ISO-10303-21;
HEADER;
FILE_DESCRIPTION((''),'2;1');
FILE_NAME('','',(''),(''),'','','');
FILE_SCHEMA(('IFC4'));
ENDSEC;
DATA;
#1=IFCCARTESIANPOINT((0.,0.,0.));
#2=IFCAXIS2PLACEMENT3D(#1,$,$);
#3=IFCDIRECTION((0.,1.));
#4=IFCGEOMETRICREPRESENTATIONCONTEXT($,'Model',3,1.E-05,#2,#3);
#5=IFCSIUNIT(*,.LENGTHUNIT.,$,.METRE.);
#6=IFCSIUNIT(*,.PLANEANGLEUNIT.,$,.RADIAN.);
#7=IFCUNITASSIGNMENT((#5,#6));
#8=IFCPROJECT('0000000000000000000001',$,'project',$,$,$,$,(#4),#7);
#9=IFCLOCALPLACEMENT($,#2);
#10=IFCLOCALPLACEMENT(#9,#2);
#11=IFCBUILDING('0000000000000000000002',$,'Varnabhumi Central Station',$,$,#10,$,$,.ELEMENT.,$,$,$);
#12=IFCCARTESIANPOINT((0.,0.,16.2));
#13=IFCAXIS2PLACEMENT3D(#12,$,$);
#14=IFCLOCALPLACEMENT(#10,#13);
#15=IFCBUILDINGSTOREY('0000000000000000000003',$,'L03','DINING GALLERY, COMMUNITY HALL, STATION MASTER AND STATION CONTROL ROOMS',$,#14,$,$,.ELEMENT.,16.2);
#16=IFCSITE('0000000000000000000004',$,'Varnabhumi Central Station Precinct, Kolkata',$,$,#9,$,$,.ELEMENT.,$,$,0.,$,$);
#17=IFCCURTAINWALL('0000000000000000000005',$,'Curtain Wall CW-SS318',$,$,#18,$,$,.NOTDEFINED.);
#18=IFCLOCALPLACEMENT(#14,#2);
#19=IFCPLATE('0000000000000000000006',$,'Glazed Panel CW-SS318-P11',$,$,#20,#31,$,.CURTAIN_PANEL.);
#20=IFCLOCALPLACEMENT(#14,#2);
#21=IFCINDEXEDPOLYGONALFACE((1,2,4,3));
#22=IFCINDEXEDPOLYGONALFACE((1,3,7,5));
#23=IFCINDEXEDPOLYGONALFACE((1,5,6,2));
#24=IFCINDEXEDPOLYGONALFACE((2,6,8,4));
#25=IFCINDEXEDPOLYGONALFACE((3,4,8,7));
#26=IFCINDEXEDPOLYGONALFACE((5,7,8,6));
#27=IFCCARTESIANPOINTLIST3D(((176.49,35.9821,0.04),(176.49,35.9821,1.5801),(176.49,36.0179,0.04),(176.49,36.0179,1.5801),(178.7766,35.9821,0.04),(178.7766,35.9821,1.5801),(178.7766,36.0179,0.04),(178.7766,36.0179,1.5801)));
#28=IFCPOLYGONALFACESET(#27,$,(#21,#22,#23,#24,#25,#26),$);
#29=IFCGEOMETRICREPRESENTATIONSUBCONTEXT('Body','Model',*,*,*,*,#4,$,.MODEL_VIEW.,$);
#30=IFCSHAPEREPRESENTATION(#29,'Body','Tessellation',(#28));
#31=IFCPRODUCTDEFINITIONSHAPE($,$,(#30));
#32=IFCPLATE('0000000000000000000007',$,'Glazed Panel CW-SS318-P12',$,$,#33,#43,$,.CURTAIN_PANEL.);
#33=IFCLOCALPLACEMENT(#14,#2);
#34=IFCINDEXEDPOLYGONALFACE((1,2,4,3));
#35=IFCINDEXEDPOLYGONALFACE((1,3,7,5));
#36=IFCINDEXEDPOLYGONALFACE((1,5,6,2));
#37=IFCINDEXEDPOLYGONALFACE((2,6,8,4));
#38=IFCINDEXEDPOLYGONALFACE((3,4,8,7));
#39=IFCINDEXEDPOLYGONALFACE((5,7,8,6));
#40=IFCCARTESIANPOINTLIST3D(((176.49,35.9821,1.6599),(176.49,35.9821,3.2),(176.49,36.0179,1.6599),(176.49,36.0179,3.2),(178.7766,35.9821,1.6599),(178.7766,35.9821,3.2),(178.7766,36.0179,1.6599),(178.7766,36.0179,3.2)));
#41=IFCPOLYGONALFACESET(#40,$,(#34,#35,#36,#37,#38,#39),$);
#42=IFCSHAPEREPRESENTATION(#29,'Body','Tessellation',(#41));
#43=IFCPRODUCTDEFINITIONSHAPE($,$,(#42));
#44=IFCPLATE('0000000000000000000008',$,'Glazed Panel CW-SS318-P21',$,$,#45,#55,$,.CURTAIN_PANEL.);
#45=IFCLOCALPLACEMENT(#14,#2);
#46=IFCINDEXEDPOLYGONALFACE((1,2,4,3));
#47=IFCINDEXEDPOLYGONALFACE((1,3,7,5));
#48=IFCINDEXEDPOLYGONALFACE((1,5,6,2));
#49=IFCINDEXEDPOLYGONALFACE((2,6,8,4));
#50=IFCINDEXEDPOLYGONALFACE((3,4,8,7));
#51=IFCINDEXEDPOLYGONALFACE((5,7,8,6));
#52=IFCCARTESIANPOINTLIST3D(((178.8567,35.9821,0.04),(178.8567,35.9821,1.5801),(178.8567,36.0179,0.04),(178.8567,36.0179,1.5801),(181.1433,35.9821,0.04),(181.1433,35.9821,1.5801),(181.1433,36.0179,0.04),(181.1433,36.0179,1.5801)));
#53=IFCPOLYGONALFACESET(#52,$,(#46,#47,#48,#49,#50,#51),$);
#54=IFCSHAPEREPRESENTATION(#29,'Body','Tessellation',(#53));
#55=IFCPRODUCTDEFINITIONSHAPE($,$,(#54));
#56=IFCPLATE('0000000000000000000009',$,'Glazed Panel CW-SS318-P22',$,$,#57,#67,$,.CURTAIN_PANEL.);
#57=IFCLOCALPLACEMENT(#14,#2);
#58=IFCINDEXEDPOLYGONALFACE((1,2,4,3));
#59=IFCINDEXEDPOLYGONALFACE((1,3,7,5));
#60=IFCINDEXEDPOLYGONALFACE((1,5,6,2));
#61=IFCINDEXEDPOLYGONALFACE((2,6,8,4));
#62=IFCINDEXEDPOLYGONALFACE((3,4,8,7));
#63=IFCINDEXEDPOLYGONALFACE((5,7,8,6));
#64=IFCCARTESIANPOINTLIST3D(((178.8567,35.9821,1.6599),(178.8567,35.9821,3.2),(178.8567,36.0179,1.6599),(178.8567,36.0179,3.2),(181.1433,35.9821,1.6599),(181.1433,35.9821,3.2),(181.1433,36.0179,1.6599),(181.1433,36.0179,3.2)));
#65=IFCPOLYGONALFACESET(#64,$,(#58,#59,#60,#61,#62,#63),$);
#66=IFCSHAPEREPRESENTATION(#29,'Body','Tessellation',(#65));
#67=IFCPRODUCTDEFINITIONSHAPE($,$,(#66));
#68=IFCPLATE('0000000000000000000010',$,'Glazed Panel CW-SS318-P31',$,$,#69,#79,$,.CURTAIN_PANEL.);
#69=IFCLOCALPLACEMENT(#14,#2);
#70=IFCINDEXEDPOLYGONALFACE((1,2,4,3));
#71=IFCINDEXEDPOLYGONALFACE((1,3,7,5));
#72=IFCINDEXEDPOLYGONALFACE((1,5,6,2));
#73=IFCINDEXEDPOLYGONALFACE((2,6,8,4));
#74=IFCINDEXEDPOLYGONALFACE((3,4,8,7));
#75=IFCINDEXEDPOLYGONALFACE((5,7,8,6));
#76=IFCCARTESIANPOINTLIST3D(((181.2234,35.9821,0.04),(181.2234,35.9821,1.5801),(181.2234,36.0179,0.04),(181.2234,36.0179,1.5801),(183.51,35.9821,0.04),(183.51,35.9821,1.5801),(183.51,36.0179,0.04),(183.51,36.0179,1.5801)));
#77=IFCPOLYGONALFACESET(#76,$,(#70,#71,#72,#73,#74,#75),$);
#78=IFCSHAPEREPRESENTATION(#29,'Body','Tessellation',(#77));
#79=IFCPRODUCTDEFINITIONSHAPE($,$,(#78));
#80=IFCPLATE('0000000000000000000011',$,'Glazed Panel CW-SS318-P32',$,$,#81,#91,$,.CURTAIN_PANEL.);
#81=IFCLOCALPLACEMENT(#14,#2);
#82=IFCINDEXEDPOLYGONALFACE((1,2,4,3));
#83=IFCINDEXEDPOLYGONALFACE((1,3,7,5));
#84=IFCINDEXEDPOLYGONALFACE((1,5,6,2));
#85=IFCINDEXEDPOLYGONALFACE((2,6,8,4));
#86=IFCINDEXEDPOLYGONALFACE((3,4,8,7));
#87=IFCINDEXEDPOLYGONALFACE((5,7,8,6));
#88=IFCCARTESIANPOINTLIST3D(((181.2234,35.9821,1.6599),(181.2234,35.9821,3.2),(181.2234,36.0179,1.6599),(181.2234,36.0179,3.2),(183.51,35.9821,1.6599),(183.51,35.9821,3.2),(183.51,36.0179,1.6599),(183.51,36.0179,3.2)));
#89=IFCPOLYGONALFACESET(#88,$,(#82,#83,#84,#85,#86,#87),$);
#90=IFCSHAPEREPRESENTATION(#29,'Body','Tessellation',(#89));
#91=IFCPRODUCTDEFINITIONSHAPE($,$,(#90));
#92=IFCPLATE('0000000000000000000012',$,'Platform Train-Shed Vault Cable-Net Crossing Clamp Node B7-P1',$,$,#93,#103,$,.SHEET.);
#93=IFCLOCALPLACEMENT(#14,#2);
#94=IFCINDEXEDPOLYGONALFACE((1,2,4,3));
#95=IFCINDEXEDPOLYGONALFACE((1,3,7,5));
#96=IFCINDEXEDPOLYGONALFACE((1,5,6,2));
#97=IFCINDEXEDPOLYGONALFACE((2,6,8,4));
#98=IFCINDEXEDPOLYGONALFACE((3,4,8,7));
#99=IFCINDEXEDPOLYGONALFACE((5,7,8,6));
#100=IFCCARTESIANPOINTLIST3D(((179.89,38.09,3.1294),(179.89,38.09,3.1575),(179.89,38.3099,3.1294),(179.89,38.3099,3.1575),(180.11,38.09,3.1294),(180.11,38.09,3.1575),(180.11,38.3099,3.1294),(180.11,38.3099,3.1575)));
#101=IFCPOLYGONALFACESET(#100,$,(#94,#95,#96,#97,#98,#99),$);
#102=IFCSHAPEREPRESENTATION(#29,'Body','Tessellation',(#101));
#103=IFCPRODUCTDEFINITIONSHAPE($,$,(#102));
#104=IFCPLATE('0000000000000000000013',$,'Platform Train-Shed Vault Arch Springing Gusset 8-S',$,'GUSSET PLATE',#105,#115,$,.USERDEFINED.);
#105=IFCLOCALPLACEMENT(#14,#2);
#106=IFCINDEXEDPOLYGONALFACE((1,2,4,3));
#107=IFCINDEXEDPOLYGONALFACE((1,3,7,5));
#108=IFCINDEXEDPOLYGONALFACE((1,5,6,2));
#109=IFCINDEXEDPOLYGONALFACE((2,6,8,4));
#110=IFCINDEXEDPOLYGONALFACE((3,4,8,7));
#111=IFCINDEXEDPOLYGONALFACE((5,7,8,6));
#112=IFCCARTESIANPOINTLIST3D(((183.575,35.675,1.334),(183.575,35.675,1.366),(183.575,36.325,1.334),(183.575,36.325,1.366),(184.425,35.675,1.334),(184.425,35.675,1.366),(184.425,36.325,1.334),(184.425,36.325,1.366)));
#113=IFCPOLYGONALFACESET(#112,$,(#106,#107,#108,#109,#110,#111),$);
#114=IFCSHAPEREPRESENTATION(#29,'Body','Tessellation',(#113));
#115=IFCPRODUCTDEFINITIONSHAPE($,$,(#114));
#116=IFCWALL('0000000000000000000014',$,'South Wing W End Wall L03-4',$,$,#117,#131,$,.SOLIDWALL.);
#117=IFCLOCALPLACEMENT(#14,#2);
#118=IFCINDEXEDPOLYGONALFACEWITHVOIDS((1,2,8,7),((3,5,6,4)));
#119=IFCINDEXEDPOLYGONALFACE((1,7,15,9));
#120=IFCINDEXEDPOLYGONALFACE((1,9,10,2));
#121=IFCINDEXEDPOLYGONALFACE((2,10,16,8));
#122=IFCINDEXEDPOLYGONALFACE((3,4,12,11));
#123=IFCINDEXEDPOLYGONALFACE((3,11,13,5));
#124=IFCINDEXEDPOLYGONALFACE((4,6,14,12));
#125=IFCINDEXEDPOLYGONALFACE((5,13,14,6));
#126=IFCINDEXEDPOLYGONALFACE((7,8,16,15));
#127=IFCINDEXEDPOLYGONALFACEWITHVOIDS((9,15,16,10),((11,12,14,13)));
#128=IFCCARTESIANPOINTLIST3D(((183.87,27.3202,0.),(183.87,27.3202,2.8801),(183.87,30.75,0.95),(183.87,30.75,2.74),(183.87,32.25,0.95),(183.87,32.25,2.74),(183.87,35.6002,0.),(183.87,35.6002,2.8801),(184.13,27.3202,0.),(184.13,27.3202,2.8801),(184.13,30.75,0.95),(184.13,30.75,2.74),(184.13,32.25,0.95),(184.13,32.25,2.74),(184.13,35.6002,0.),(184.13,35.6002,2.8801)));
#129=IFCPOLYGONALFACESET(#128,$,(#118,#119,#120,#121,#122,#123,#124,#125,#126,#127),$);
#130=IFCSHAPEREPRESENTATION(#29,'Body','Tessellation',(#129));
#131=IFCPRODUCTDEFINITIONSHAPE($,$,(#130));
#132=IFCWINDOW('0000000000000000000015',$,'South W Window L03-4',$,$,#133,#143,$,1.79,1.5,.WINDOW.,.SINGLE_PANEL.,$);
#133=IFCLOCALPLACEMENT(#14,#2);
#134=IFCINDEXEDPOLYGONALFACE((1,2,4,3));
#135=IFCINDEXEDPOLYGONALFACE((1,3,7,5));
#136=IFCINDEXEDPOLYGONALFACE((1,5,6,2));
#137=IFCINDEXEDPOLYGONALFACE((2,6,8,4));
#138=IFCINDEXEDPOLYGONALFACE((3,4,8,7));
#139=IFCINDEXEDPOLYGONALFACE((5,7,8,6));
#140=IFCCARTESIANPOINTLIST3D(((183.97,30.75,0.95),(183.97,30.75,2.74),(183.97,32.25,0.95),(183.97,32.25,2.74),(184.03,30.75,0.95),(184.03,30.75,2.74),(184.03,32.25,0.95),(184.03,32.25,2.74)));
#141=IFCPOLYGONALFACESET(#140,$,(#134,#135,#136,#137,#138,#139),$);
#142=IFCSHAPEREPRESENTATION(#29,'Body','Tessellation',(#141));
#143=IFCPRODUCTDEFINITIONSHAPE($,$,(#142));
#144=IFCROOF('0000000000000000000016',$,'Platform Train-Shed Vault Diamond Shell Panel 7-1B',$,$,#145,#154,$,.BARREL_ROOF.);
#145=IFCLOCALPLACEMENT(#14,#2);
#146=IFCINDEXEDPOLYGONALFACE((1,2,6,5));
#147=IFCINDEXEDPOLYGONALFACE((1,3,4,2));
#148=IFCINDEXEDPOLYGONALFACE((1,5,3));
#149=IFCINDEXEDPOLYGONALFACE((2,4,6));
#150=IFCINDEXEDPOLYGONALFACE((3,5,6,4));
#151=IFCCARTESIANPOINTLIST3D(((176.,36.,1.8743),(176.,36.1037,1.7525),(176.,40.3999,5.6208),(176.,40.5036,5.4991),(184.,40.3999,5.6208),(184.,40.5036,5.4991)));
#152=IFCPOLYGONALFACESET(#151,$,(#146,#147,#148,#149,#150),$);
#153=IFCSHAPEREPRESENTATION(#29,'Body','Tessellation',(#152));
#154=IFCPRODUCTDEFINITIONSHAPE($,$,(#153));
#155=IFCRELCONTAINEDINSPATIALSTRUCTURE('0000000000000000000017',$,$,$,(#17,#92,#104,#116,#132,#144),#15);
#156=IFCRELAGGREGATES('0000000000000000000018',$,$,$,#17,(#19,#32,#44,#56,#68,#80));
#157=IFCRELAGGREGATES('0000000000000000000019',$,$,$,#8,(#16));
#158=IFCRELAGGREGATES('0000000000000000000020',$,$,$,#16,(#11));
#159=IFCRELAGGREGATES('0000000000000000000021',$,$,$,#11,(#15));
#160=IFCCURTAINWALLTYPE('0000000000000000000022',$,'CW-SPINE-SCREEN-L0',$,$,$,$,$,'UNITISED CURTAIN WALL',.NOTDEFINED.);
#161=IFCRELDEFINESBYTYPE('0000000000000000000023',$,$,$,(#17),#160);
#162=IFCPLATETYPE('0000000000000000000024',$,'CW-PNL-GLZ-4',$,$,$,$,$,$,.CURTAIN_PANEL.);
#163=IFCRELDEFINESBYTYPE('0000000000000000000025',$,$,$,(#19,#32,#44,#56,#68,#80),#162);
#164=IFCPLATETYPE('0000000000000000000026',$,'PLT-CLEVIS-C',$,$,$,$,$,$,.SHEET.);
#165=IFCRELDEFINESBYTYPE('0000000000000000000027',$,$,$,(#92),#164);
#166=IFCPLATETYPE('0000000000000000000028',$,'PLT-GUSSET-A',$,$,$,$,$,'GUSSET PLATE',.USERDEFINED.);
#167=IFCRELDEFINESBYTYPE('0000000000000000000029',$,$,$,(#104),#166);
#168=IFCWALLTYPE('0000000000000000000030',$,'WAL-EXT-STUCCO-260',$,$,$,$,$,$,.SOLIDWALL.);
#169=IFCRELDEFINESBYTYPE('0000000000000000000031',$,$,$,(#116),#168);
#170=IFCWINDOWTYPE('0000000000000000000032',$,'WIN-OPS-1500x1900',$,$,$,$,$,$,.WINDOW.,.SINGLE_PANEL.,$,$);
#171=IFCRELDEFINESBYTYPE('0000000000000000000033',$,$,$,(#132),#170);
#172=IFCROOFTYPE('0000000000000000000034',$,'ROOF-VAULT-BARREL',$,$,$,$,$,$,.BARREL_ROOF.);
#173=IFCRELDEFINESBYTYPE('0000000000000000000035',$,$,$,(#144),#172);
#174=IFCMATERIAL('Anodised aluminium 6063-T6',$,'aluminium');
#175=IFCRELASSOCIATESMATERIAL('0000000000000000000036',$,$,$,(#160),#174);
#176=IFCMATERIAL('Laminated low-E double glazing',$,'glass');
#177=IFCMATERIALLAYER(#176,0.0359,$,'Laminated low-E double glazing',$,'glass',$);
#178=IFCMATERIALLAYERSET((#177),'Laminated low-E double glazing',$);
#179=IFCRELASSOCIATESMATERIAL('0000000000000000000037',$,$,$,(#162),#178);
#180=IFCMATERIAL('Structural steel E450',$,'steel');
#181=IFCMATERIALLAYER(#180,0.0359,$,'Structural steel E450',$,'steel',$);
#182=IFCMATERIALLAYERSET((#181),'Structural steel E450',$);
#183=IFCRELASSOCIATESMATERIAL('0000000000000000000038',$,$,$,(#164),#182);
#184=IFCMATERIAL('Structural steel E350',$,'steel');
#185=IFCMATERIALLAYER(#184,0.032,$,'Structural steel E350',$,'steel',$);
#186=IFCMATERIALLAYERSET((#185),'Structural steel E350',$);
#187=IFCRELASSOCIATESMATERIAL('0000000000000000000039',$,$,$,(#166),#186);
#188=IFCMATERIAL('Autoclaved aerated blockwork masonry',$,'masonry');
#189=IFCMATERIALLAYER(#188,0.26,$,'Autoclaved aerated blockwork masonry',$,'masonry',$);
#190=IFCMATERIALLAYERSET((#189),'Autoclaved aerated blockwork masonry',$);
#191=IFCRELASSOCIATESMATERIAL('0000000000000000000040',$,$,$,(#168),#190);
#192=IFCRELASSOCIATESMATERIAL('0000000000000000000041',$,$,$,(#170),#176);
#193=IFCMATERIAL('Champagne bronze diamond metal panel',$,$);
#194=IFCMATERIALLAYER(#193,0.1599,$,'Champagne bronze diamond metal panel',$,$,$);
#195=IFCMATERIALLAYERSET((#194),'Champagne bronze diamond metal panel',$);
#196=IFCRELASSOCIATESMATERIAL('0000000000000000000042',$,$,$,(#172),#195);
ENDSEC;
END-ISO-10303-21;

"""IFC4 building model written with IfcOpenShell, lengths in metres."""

from ifc_helpers import new_model, si_unit, direction, frame, frame_2d, origin, origin_2d, place, context, subcontext, project, spatial, polyline, rectangle, outline, extrude, material, layer, layer_set, type_object, element, fill, aggregate, save


model = new_model("IFC4")

# Units and contexts
model_context = context("Model", 3, precision=1e-05, world=origin(), true_north=direction((0.0, 1.0)))
body_context = subcontext(model_context, "Body", "Model", "MODEL_VIEW")
ifc_project = project(units=[si_unit("LENGTHUNIT", "METRE"), si_unit("PLANEANGLEUNIT", "RADIAN")], contexts=[model_context])

# Site, building, storey
site_placement = place(None, origin())
site = spatial("IfcSite", under=ifc_project, at=site_placement, Name="Varnabhumi Central Station Precinct, Kolkata", CompositionType="ELEMENT", RefElevation=0.0)
building_placement = place(site_placement, origin())
building = spatial("IfcBuilding", under=site, at=building_placement, Name="Varnabhumi Central Station", CompositionType="ELEMENT")
storey_placement = place(building_placement, frame((0.0, 0.0, 16.2)))
storey = spatial("IfcBuildingStorey", under=building, at=storey_placement, Name="L03", Description="DINING GALLERY, COMMUNITY HALL, STATION MASTER AND STATION CONTROL ROOMS", CompositionType="ELEMENT", Elevation=16.2)

# Shared definitions
ifc_material_1 = material(Name="Structural steel E450", Category="steel")
ifc_material_2 = material(Name="Structural steel E350", Category="steel")

# Curtain wall
ifc_material_3 = material(Name="Anodised aluminium 6063-T6", Category="aluminium")
curtain_wall_type = type_object("IfcCurtainWallType", Name="CW-SPINE-SCREEN-L0", ElementType="UNITISED CURTAIN WALL", PredefinedType="NOTDEFINED", material=ifc_material_3)
curtain_wall_placement = place(storey_placement, origin())
curtain_wall = element("IfcCurtainWall", 1, at=curtain_wall_placement, inside=storey, type_object=curtain_wall_type, Name="Curtain Wall CW-SS318", PredefinedType="NOTDEFINED")

# Plates
ifc_material_4 = material(Name="Laminated low-E double glazing", Category="glass")
ifc_layer_1 = layer(ifc_material_4, 0.0359, Name="Laminated low-E double glazing", Category="glass")
ifc_layer_set_1 = layer_set([ifc_layer_1], Name="Laminated low-E double glazing")
plate_type_1 = type_object("IfcPlateType", Name="CW-PNL-GLZ-4", PredefinedType="CURTAIN_PANEL", material=ifc_layer_set_1)
plate_1_placement = place(storey_placement, frame((177.6333, 36.0, 0.04), z_axis=(0.0, 0.0, 1.0), x_axis=(1.0, 0.0, 0.0)))
plate_1 = element("IfcPlate", 2, at=plate_1_placement, type_object=plate_type_1, Name="Glazed Panel CW-SS318-P11", PredefinedType="CURTAIN_PANEL", context=body_context, shape_type="SweptSolid", body=[
    extrude(rectangle(XDim=2.2866, YDim=0.0359, at=origin_2d()), origin(), (0.0, 0.0, 1.0), 1.54),
])
plate_2_placement = place(storey_placement, frame((177.6333, 36.0, 1.6599), z_axis=(0.0, 0.0, 1.0), x_axis=(1.0, 0.0, 0.0)))
plate_2 = element("IfcPlate", 3, at=plate_2_placement, type_object=plate_type_1, Name="Glazed Panel CW-SS318-P12", PredefinedType="CURTAIN_PANEL", context=body_context, shape_type="SweptSolid", body=[
    extrude(rectangle(XDim=2.2866, YDim=0.0359, at=origin_2d()), origin(), (0.0, 0.0, 1.0), 1.54),
])
plate_3_placement = place(storey_placement, frame((180.0, 36.0, 0.04), z_axis=(0.0, 0.0, 1.0), x_axis=(1.0, 0.0, 0.0)))
plate_3 = element("IfcPlate", 4, at=plate_3_placement, type_object=plate_type_1, Name="Glazed Panel CW-SS318-P21", PredefinedType="CURTAIN_PANEL", context=body_context, shape_type="SweptSolid", body=[
    extrude(rectangle(XDim=2.2866, YDim=0.0359, at=origin_2d()), origin(), (0.0, 0.0, 1.0), 1.54),
])
plate_4_placement = place(storey_placement, frame((180.0, 36.0, 1.6599), z_axis=(0.0, 0.0, 1.0), x_axis=(1.0, 0.0, 0.0)))
plate_4 = element("IfcPlate", 5, at=plate_4_placement, type_object=plate_type_1, Name="Glazed Panel CW-SS318-P22", PredefinedType="CURTAIN_PANEL", context=body_context, shape_type="SweptSolid", body=[
    extrude(rectangle(XDim=2.2866, YDim=0.0359, at=origin_2d()), origin(), (0.0, 0.0, 1.0), 1.54),
])
plate_5_placement = place(storey_placement, frame((182.3667, 36.0, 0.04), z_axis=(0.0, 0.0, 1.0), x_axis=(1.0, 0.0, 0.0)))
plate_5 = element("IfcPlate", 6, at=plate_5_placement, type_object=plate_type_1, Name="Glazed Panel CW-SS318-P31", PredefinedType="CURTAIN_PANEL", context=body_context, shape_type="SweptSolid", body=[
    extrude(rectangle(XDim=2.2866, YDim=0.0359, at=origin_2d()), origin(), (0.0, 0.0, 1.0), 1.54),
])
plate_6_placement = place(storey_placement, frame((182.3667, 36.0, 1.6599), z_axis=(0.0, 0.0, 1.0), x_axis=(1.0, 0.0, 0.0)))
plate_6 = element("IfcPlate", 7, at=plate_6_placement, type_object=plate_type_1, Name="Glazed Panel CW-SS318-P32", PredefinedType="CURTAIN_PANEL", context=body_context, shape_type="SweptSolid", body=[
    extrude(rectangle(XDim=2.2866, YDim=0.0359, at=origin_2d()), origin(), (0.0, 0.0, 1.0), 1.54),
])
aggregate(curtain_wall, [plate_1, plate_2, plate_3, plate_4, plate_5, plate_6])

# Plates
ifc_layer_2 = layer(ifc_material_1, 0.0359, Name="Structural steel E450", Category="steel")
ifc_layer_set_2 = layer_set([ifc_layer_2], Name="Structural steel E450")
plate_type_2 = type_object("IfcPlateType", Name="PLT-CLEVIS-C", PredefinedType="SHEET", material=ifc_layer_set_2)
plate_7_placement = place(storey_placement, frame((180.0, 38.2, 3.1294), z_axis=(0.0, 0.0, 1.0), x_axis=(1.0, 0.0, 0.0)))
element("IfcPlate", 8, at=plate_7_placement, inside=storey, type_object=plate_type_2, Name="Platform Train-Shed Vault Cable-Net Crossing Clamp Node B7-P1", PredefinedType="SHEET", context=body_context, shape_type="SweptSolid", body=[
    extrude(rectangle(XDim=0.22, YDim=0.22, at=origin_2d()), origin(), (0.0, 0.0, 1.0), 0.0281),
])
ifc_layer_3 = layer(ifc_material_2, 0.032, Name="Structural steel E350", Category="steel")
ifc_layer_set_3 = layer_set([ifc_layer_3], Name="Structural steel E350")
plate_type_3 = type_object("IfcPlateType", Name="PLT-GUSSET-A", ElementType="GUSSET PLATE", PredefinedType="USERDEFINED", material=ifc_layer_set_3)
plate_8_placement = place(storey_placement, frame((184.0, 36.0, 1.334), z_axis=(0.0, 0.0, 1.0), x_axis=(1.0, 0.0, 0.0)))
element("IfcPlate", 9, at=plate_8_placement, inside=storey, type_object=plate_type_3, Name="Platform Train-Shed Vault Arch Springing Gusset 8-S", ObjectType="GUSSET PLATE", PredefinedType="USERDEFINED", context=body_context, shape_type="SweptSolid", body=[
    extrude(rectangle(XDim=0.8501, YDim=0.6499, at=origin_2d()), origin(), (0.0, 0.0, 1.0), 0.032),
])

# Wall, opening, window
ifc_material_5 = material(Name="Autoclaved aerated blockwork masonry", Category="masonry")
ifc_layer_4 = layer(ifc_material_5, 0.26, Name="Autoclaved aerated blockwork masonry", Category="masonry")
ifc_layer_set_4 = layer_set([ifc_layer_4], Name="Autoclaved aerated blockwork masonry")
wall_type = type_object("IfcWallType", Name="WAL-EXT-STUCCO-260", PredefinedType="SOLIDWALL", material=ifc_layer_set_4)
wall_placement = place(storey_placement, frame((184.0, 27.3201, 0.0), z_axis=(0.0, 0.0, 1.0), x_axis=(0.0, 1.0, 0.0)))
wall = element("IfcWall", 10, at=wall_placement, inside=storey, type_object=wall_type, Name="South Wing W End Wall L03-4", PredefinedType="SOLIDWALL", context=body_context, shape_type="SweptSolid", body=[
    extrude(rectangle(XDim=8.28, YDim=0.26, at=frame_2d((4.1401, 0.0))), origin(), (0.0, 0.0, 1.0), 2.8801),
])
opening_placement = place(wall_placement, frame((3.4299, 0.0, 0.95)))
opening = element("IfcOpeningElement", 11, at=opening_placement, cuts=wall, PredefinedType="OPENING", context=body_context, shape_type="SweptSolid", body=[
    extrude(rectangle(XDim=1.5, YDim=1.79, at=frame_2d((0.75, 0.895))), frame((0.0, 0.1399, 0.0), z_axis=(0.0, -1.0, 0.0), x_axis=(1.0, 0.0, 0.0)), (0.0, 0.0, 1.0), 0.28),
])
window_type = type_object("IfcWindowType", Name="WIN-OPS-1500x1900", PartitioningType="SINGLE_PANEL", PredefinedType="WINDOW", material=ifc_material_4)
window_placement = place(opening_placement, origin())
window = element("IfcWindow", 12, at=window_placement, inside=storey, type_object=window_type, Name="South W Window L03-4", OverallHeight=1.79, OverallWidth=1.5, PartitioningType="SINGLE_PANEL", PredefinedType="WINDOW", context=body_context, shape_type="SweptSolid", body=[
    extrude(rectangle(XDim=1.5, YDim=1.79, at=frame_2d((0.75, 0.895))), frame((0.0, 0.03, 0.0), z_axis=(0.0, -1.0, 0.0), x_axis=(1.0, 0.0, 0.0)), (0.0, 0.0, 1.0), 0.0601),
])
fill(opening, window)

# Roof
ifc_material_6 = material(Name="Champagne bronze diamond metal panel")
ifc_layer_5 = layer(ifc_material_6, 0.1599, Name="Champagne bronze diamond metal panel")
ifc_layer_set_5 = layer_set([ifc_layer_5], Name="Champagne bronze diamond metal panel")
roof_type = type_object("IfcRoofType", Name="ROOF-VAULT-BARREL", PredefinedType="BARREL_ROOF", material=ifc_layer_set_5)
roof_placement = place(storey_placement, frame((176.0, 36.0, 1.8743), z_axis=(0.0, -0.648318, 0.76137), x_axis=(0.810624, 0.445833, 0.379634)))
element("IfcRoof", 13, at=roof_placement, inside=storey, type_object=roof_type, Name="Platform Train-Shed Vault Diamond Shell Panel 7-1B", PredefinedType="BARREL_ROOF", context=body_context, shape_type="SweptSolid", body=[
    extrude(outline(polyline([(0.0, 0.0), (9.8689, 0.0), (3.384, 4.6845), (0.0, 0.0)])), origin(), (0.0, 0.0, -1.0), 0.1599),
])

save(model, "model.ifc")
